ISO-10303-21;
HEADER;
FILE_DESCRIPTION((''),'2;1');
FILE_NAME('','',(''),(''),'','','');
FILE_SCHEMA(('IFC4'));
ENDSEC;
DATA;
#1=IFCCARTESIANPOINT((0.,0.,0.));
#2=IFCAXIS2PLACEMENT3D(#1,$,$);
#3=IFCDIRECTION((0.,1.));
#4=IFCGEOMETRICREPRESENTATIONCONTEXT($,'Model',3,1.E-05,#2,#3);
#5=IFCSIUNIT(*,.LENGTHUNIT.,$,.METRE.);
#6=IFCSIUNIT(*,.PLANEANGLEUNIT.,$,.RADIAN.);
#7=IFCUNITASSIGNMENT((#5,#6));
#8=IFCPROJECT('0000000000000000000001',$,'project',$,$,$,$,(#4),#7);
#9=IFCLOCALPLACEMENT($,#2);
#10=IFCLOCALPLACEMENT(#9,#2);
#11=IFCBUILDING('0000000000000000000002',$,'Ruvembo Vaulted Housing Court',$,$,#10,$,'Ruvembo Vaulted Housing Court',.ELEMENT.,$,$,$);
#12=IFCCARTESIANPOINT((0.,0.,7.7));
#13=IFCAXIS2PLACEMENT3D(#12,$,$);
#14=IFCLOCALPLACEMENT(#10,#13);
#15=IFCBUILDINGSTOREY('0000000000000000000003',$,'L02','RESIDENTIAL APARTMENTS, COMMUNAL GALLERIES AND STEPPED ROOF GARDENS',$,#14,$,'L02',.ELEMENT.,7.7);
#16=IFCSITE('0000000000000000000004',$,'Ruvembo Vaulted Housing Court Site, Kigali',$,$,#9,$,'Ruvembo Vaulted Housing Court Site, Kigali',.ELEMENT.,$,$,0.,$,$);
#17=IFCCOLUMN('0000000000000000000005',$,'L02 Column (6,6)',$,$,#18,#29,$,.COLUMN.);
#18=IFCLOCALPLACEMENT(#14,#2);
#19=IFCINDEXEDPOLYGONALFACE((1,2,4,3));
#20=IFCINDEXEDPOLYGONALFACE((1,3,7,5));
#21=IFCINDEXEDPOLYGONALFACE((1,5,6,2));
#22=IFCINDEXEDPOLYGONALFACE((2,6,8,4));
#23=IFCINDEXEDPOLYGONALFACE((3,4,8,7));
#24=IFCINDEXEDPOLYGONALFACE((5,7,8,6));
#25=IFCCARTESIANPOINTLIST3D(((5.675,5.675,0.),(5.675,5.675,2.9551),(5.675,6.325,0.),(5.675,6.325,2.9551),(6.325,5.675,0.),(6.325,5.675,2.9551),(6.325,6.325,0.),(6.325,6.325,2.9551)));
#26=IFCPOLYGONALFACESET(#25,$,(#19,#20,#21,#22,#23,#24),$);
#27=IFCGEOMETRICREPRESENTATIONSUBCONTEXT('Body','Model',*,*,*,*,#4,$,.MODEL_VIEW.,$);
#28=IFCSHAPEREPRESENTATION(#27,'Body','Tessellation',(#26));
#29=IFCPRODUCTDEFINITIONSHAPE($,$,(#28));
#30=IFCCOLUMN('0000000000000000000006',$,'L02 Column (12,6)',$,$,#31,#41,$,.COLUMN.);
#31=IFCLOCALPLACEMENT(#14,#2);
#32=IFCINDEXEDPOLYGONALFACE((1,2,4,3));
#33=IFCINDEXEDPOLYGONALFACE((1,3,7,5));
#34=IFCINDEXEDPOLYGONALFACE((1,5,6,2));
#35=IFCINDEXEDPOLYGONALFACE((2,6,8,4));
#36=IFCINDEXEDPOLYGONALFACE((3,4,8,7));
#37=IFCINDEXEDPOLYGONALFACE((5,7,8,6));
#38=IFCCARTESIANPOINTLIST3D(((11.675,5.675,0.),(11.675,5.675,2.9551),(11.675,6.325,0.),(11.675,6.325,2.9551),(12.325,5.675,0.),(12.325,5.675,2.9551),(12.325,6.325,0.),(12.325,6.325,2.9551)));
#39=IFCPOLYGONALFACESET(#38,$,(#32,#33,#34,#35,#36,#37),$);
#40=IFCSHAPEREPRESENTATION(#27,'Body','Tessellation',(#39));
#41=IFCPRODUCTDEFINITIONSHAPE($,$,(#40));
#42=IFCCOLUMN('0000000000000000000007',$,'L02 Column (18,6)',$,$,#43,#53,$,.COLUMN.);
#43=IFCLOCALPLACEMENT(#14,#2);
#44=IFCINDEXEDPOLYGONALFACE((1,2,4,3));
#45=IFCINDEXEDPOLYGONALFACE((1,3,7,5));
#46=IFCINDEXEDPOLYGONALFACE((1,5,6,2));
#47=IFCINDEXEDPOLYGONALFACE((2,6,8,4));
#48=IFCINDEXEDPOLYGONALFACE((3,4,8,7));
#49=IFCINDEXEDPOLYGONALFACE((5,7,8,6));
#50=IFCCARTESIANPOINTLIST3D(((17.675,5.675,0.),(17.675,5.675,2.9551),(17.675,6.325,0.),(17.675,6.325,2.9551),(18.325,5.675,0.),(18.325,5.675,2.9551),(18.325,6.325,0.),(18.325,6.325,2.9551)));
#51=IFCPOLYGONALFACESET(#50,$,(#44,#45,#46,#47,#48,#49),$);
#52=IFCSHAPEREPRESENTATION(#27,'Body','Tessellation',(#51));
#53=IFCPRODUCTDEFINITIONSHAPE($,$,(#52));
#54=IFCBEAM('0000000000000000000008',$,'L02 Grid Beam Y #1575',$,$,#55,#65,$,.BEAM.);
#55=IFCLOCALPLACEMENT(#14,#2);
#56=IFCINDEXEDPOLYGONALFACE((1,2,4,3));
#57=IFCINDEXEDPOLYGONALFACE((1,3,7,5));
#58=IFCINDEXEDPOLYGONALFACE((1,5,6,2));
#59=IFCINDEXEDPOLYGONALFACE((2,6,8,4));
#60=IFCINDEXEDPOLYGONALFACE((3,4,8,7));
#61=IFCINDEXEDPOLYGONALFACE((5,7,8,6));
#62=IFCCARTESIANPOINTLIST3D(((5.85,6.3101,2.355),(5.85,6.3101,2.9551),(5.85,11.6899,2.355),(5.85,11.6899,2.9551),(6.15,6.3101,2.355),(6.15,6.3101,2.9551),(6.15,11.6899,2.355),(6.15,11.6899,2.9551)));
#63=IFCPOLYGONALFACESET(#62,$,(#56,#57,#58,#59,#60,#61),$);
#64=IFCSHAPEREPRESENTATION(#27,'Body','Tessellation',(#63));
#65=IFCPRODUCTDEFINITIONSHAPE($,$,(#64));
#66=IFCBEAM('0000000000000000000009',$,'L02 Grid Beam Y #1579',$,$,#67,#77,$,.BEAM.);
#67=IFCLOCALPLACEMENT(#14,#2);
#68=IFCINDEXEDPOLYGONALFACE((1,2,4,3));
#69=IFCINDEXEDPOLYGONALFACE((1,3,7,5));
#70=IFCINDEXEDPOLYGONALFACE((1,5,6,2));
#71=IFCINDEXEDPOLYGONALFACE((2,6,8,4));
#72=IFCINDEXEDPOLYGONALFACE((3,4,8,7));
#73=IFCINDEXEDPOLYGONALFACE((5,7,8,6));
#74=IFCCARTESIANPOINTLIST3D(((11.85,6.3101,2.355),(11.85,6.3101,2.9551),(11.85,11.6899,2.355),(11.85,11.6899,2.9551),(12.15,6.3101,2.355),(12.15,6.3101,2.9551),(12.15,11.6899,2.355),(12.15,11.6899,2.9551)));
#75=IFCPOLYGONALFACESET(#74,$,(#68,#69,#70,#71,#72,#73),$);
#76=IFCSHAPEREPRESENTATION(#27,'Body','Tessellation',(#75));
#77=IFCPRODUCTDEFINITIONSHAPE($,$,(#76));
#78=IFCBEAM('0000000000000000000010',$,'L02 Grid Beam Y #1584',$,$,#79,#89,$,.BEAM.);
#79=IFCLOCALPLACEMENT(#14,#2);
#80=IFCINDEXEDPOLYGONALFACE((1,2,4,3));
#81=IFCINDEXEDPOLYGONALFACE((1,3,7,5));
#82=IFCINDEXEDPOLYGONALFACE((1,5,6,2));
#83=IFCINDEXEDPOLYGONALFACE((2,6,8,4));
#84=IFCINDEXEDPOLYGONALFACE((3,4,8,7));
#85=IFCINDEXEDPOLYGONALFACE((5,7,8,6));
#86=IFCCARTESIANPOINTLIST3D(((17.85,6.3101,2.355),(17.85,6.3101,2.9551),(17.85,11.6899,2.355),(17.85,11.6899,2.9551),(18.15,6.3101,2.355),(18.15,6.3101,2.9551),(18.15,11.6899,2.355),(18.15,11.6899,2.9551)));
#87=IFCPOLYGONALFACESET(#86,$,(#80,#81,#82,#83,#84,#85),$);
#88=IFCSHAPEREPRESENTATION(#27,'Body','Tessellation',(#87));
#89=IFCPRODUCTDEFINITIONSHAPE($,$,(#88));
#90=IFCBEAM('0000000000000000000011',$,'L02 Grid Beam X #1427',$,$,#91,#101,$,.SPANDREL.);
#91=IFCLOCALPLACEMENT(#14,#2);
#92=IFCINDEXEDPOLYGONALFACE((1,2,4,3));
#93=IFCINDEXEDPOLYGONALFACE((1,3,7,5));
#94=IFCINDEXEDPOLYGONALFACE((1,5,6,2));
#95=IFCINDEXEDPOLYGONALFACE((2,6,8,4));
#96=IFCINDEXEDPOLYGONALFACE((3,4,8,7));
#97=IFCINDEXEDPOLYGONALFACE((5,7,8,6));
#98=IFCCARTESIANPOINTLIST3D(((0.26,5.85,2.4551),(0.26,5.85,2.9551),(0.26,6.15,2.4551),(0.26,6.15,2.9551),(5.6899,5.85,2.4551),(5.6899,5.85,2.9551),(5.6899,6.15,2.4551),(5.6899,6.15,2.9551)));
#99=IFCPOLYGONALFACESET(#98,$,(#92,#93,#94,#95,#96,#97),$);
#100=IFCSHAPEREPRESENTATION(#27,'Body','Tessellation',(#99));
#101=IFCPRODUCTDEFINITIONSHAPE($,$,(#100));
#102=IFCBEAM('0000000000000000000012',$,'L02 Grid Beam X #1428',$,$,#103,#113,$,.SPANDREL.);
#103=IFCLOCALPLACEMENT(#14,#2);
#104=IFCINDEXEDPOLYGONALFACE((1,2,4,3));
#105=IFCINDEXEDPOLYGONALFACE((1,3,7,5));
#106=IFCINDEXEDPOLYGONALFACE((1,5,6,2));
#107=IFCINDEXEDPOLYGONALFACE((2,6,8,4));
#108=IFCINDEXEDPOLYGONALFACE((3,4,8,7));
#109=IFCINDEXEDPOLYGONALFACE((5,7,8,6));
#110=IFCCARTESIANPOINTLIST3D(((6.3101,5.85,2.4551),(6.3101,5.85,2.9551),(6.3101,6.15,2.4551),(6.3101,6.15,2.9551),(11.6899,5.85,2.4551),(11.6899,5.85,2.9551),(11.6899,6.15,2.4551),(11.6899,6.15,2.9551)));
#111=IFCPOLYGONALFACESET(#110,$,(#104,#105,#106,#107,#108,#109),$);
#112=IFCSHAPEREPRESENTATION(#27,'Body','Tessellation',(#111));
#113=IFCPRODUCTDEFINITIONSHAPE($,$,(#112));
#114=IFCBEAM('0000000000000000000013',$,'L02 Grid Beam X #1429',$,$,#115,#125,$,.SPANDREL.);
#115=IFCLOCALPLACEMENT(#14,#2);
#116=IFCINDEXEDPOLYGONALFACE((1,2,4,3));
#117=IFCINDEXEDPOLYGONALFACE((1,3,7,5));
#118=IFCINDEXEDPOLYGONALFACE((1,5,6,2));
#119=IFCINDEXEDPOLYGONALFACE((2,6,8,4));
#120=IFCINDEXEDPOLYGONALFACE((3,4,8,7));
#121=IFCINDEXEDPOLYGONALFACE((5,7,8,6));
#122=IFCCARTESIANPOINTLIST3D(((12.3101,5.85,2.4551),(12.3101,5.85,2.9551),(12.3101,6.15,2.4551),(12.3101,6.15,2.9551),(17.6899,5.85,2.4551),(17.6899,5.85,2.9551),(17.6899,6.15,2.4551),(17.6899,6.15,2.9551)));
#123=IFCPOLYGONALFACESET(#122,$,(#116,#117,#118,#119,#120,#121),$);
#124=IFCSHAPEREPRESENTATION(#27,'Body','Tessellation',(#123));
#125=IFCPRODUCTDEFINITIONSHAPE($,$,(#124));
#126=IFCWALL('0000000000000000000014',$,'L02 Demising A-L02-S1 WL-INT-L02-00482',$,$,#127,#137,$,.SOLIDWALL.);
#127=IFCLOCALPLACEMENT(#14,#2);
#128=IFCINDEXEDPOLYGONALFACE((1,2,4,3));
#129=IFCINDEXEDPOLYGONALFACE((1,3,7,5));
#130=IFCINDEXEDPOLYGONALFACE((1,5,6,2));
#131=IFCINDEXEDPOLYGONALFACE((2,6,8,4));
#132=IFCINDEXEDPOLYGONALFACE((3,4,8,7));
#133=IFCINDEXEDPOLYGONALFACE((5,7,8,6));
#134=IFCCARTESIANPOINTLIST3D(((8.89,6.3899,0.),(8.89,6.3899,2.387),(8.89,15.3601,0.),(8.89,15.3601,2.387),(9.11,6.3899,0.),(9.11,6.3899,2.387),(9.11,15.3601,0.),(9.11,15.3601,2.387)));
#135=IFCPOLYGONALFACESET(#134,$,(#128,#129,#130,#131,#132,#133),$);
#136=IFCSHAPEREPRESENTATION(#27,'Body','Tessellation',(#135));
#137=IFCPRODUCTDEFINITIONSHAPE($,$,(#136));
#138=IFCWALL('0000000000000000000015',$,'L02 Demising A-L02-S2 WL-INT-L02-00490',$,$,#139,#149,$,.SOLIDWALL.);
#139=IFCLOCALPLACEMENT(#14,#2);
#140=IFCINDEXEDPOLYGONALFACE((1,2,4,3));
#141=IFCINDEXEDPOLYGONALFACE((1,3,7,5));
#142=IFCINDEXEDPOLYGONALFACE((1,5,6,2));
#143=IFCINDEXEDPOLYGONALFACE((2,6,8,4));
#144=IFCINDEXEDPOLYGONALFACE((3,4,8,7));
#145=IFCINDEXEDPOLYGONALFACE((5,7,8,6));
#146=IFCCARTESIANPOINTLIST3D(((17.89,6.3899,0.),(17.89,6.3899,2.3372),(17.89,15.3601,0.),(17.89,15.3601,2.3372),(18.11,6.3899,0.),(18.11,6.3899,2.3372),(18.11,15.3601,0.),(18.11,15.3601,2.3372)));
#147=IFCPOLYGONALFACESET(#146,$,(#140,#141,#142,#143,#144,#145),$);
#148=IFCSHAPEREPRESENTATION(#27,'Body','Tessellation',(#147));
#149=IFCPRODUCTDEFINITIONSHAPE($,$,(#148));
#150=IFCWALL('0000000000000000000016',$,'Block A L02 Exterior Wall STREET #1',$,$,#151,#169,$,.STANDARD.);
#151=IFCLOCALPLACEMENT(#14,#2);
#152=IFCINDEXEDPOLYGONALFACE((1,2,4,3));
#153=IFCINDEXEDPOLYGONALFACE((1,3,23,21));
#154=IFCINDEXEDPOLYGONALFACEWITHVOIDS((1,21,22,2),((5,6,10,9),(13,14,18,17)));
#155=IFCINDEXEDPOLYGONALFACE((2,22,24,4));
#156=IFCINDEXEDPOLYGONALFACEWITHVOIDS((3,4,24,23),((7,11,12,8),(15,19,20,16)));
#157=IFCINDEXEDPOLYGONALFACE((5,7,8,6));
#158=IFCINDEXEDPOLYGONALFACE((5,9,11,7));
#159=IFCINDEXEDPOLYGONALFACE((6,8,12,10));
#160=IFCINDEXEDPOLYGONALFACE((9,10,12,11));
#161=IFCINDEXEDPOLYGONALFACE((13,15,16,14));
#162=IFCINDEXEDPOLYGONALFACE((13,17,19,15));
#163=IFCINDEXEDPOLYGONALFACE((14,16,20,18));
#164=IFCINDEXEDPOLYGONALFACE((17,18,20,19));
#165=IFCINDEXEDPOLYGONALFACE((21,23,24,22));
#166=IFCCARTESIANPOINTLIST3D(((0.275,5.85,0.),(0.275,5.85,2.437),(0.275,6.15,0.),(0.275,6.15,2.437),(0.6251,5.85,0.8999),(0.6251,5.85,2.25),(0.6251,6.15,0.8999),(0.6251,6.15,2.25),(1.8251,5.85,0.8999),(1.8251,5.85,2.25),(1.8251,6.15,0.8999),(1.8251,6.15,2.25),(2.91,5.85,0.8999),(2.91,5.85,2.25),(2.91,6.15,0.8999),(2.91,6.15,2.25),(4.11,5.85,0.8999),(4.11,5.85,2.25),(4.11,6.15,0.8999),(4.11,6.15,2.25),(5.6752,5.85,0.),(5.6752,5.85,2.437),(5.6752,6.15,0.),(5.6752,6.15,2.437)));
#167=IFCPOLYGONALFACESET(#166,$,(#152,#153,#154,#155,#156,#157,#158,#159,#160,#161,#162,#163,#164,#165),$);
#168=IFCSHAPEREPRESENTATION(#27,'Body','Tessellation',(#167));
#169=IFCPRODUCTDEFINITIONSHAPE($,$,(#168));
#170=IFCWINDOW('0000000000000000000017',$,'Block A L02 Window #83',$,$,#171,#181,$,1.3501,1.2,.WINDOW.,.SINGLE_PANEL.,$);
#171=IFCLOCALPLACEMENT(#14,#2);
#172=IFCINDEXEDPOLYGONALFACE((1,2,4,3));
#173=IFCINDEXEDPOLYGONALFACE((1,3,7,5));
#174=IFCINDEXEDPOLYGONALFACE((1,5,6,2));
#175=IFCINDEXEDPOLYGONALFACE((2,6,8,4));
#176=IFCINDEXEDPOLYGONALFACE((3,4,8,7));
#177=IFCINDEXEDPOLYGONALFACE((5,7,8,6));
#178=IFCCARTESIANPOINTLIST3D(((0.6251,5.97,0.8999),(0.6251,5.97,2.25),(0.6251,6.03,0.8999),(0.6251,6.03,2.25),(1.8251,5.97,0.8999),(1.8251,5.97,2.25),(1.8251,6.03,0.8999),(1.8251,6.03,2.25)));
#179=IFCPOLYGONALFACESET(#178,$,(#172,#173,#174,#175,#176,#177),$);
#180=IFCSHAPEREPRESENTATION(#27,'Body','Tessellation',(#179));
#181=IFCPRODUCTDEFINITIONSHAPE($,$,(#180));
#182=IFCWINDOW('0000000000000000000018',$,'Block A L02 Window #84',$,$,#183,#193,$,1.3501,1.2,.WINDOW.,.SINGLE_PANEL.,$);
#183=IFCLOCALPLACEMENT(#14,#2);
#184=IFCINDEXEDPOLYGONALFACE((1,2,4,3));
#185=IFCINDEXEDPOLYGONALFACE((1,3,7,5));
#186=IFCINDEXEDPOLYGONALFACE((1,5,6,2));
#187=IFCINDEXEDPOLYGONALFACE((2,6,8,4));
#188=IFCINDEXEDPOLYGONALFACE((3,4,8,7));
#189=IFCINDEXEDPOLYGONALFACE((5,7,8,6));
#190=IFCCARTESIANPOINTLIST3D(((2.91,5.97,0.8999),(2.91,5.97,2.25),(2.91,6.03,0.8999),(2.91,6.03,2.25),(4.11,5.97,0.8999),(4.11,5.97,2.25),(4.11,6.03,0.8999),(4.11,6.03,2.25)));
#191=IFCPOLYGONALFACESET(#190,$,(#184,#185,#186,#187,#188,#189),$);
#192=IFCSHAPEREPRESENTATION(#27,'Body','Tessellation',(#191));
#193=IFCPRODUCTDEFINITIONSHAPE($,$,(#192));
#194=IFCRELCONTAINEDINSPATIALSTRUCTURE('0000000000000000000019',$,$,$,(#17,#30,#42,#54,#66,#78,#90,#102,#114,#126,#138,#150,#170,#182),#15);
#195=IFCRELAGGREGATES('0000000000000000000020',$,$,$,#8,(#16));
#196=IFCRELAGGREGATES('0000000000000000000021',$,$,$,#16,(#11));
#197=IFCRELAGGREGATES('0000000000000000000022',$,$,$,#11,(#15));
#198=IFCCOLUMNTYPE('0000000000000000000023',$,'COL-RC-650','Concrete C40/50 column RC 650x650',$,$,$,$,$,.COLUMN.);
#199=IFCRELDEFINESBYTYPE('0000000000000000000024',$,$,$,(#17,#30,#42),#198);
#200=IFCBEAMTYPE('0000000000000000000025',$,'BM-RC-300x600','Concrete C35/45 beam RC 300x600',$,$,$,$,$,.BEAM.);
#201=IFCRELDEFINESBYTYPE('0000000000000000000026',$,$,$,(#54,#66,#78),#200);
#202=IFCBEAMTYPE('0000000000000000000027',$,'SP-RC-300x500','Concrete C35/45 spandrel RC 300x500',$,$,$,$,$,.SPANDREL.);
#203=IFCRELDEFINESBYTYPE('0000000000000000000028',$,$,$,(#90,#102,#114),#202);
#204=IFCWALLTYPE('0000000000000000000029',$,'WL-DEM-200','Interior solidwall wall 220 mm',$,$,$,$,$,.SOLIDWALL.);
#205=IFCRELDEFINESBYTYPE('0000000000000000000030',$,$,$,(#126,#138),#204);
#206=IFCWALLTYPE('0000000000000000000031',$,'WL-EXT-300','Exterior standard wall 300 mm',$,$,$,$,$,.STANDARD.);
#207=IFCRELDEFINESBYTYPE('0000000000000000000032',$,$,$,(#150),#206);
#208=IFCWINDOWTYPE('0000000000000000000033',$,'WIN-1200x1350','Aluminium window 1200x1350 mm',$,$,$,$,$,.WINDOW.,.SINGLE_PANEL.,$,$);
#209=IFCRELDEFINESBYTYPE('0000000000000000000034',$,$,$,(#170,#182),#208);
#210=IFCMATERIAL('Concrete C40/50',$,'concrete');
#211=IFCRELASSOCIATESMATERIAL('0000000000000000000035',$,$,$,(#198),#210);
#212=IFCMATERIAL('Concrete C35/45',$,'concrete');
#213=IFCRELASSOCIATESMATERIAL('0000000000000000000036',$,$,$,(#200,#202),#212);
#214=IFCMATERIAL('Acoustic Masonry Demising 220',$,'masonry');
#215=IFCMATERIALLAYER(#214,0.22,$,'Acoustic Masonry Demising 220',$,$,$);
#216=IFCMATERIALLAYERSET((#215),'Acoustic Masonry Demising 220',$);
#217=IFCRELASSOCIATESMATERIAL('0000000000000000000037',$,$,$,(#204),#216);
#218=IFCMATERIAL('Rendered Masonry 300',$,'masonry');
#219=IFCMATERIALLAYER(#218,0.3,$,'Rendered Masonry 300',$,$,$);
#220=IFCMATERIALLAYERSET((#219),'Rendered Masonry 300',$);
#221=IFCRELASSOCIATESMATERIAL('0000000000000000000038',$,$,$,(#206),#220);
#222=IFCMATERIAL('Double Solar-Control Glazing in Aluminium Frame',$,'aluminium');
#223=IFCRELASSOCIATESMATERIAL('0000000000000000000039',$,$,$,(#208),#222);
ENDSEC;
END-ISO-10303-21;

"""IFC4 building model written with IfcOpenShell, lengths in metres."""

from ifc_helpers import new_model, si_unit, direction, frame, frame_2d, origin, origin_2d, place, context, subcontext, project, spatial, rectangle, extrude, material, layer, layer_set, material_profile, profile_set, type_object, element, fill, save


model = new_model("IFC4")

# Units and contexts
model_context = context("Model", 3, precision=1e-05, world=origin(), true_north=direction((0.0, 1.0)))
body_context = subcontext(model_context, "Body", "Model", "MODEL_VIEW")
ifc_project = project(units=[si_unit("LENGTHUNIT", "METRE"), si_unit("PLANEANGLEUNIT", "RADIAN")], contexts=[model_context])

# Site, building, storey
site_placement = place(None, origin())
site = spatial("IfcSite", under=ifc_project, at=site_placement, Name="Ruvembo Vaulted Housing Court Site, Kigali", LongName="Ruvembo Vaulted Housing Court Site, Kigali", CompositionType="ELEMENT", RefElevation=0.0)
building_placement = place(site_placement, origin())
building = spatial("IfcBuilding", under=site, at=building_placement, Name="Ruvembo Vaulted Housing Court", LongName="Ruvembo Vaulted Housing Court", CompositionType="ELEMENT")
storey_placement = place(building_placement, frame((0.0, 0.0, 7.7)))
storey = spatial("IfcBuildingStorey", under=building, at=storey_placement, Name="L02", Description="RESIDENTIAL APARTMENTS, COMMUNAL GALLERIES AND STEPPED ROOF GARDENS", LongName="L02", CompositionType="ELEMENT", Elevation=7.7)

# Columns
ifc_material_1 = material(Name="Concrete C40/50", Category="concrete")
ifc_material_profile_1 = material_profile(ifc_material_1, rectangle(XDim=0.6499, YDim=0.6499, at=origin_2d()), Name="RC 650x650")
ifc_profile_set_1 = profile_set([ifc_material_profile_1], Name="Concrete C40/50")
column_type = type_object("IfcColumnType", Name="COL-RC-650", Description="Concrete C40/50 column RC 650x650", PredefinedType="COLUMN", material=ifc_profile_set_1)
for number, where, z_axis, x_axis, name in (
    (1, (6.0, 6.0, 0.0), (0.0, 0.0, 1.0), (1.0, 0.0, 0.0), "L02 Column (6,6)"),
    (2, (12.0, 6.0, 0.0), (0.0, 0.0, 1.0), (1.0, 0.0, 0.0), "L02 Column (12,6)"),
    (3, (18.0, 6.0, 0.0), (0.0, 0.0, 1.0), (1.0, 0.0, 0.0), "L02 Column (18,6)"),
):
    element("IfcColumn", number, at=place(storey_placement, frame(where, z_axis=z_axis, x_axis=x_axis)), inside=storey, type_object=column_type, Name=name, PredefinedType="COLUMN", context=body_context, shape_type="SweptSolid", body=[
        extrude(rectangle(XDim=0.6499, YDim=0.6499, at=origin_2d()), origin(), (0.0, 0.0, 1.0), 2.9551),
    ])

# Beams
ifc_material_2 = material(Name="Concrete C35/45", Category="concrete")
ifc_material_profile_2 = material_profile(ifc_material_2, rectangle(XDim=0.3, YDim=0.6001, at=origin_2d()), Name="RC 300x600")
ifc_profile_set_2 = profile_set([ifc_material_profile_2], Name="Concrete C35/45")
beam_type_1 = type_object("IfcBeamType", Name="BM-RC-300x600", Description="Concrete C35/45 beam RC 300x600", PredefinedType="BEAM", material=ifc_profile_set_2)
for number, where, z_axis, x_axis, name in (
    (4, (6.0, 6.3101, 2.655), (0.0, 1.0, 0.0), (-1.0, 0.0, 0.0), "L02 Grid Beam Y #1575"),
    (5, (12.0, 6.3101, 2.655), (0.0, 1.0, 0.0), (-1.0, 0.0, 0.0), "L02 Grid Beam Y #1579"),
    (6, (18.0, 6.3101, 2.655), (0.0, 1.0, 0.0), (-1.0, 0.0, 0.0), "L02 Grid Beam Y #1584"),
):
    element("IfcBeam", number, at=place(storey_placement, frame(where, z_axis=z_axis, x_axis=x_axis)), inside=storey, type_object=beam_type_1, Name=name, PredefinedType="BEAM", context=body_context, shape_type="SweptSolid", body=[
        extrude(rectangle(XDim=0.3, YDim=0.6001, at=origin_2d()), origin(), (0.0, 0.0, 1.0), 5.3799),
    ])
ifc_material_profile_3 = material_profile(ifc_material_2, rectangle(XDim=0.3, YDim=0.5, at=origin_2d()), Name="RC 300x500")
ifc_profile_set_3 = profile_set([ifc_material_profile_3], Name="Concrete C35/45")
beam_type_2 = type_object("IfcBeamType", Name="SP-RC-300x500", Description="Concrete C35/45 spandrel RC 300x500", PredefinedType="SPANDREL", material=ifc_profile_set_3)
beam_placement = place(storey_placement, frame((0.26, 6.0, 2.7051), z_axis=(1.0, 0.0, 0.0), x_axis=(0.0, 1.0, 0.0)))
element("IfcBeam", 7, at=beam_placement, inside=storey, type_object=beam_type_2, Name="L02 Grid Beam X #1427", PredefinedType="SPANDREL", context=body_context, shape_type="SweptSolid", body=[
    extrude(rectangle(XDim=0.3, YDim=0.5, at=origin_2d()), origin(), (0.0, 0.0, 1.0), 5.4299),
])
for number, where, z_axis, x_axis, name in (
    (8, (6.3101, 6.0, 2.7051), (1.0, 0.0, 0.0), (0.0, 1.0, 0.0), "L02 Grid Beam X #1428"),
    (9, (12.3101, 6.0, 2.7051), (1.0, 0.0, 0.0), (0.0, 1.0, 0.0), "L02 Grid Beam X #1429"),
):
    element("IfcBeam", number, at=place(storey_placement, frame(where, z_axis=z_axis, x_axis=x_axis)), inside=storey, type_object=beam_type_2, Name=name, PredefinedType="SPANDREL", context=body_context, shape_type="SweptSolid", body=[
        extrude(rectangle(XDim=0.3, YDim=0.5, at=origin_2d()), origin(), (0.0, 0.0, 1.0), 5.3799),
    ])

# Walls
ifc_material_3 = material(Name="Acoustic Masonry Demising 220", Category="masonry")
ifc_layer_1 = layer(ifc_material_3, 0.22, Name="Acoustic Masonry Demising 220")
ifc_layer_set_1 = layer_set([ifc_layer_1], Name="Acoustic Masonry Demising 220")
wall_type_1 = type_object("IfcWallType", Name="WL-DEM-200", Description="Interior solidwall wall 220 mm", PredefinedType="SOLIDWALL", material=ifc_layer_set_1)
wall_1_placement = place(storey_placement, frame((9.0, 6.3899, 0.0), z_axis=(0.0, 0.0, 1.0), x_axis=(0.0, 1.0, 0.0)))
element("IfcWall", 10, at=wall_1_placement, inside=storey, type_object=wall_type_1, Name="L02 Demising A-L02-S1 WL-INT-L02-00482", PredefinedType="SOLIDWALL", context=body_context, shape_type="SweptSolid", body=[
    extrude(rectangle(XDim=8.9702, YDim=0.22, at=frame_2d((4.4851, 0.0))), origin(), (0.0, 0.0, 1.0), 2.387),
])
wall_2_placement = place(storey_placement, frame((18.0, 6.3899, 0.0), z_axis=(0.0, 0.0, 1.0), x_axis=(0.0, 1.0, 0.0)))
element("IfcWall", 11, at=wall_2_placement, inside=storey, type_object=wall_type_1, Name="L02 Demising A-L02-S2 WL-INT-L02-00490", PredefinedType="SOLIDWALL", context=body_context, shape_type="SweptSolid", body=[
    extrude(rectangle(XDim=8.9702, YDim=0.22, at=frame_2d((4.4851, 0.0))), origin(), (0.0, 0.0, 1.0), 2.3372),
])

# Wall, openings, windows
ifc_material_4 = material(Name="Rendered Masonry 300", Category="masonry")
ifc_layer_2 = layer(ifc_material_4, 0.3, Name="Rendered Masonry 300")
ifc_layer_set_2 = layer_set([ifc_layer_2], Name="Rendered Masonry 300")
wall_type_2 = type_object("IfcWallType", Name="WL-EXT-300", Description="Exterior standard wall 300 mm", PredefinedType="STANDARD", material=ifc_layer_set_2)
wall_3_placement = place(storey_placement, frame((0.2749, 6.0, 0.0), z_axis=(0.0, 0.0, 1.0), x_axis=(1.0, 0.0, 0.0)))
wall_3 = element("IfcWall", 12, at=wall_3_placement, inside=storey, type_object=wall_type_2, Name="Block A L02 Exterior Wall STREET #1", PredefinedType="STANDARD", context=body_context, shape_type="SweptSolid", body=[
    extrude(rectangle(XDim=5.4001, YDim=0.3, at=frame_2d((2.7002, 0.0))), origin(), (0.0, 0.0, 1.0), 2.437),
])
opening_1_placement = place(wall_3_placement, frame((0.3501, 0.0, 0.8999)))
opening_1 = element("IfcOpeningElement", 13, at=opening_1_placement, cuts=wall_3, PredefinedType="OPENING", context=body_context, shape_type="SweptSolid", body=[
    extrude(rectangle(XDim=1.2, YDim=1.3501, at=frame_2d((0.6001, 0.675))), frame((0.0, 0.1599, 0.0), z_axis=(0.0, -1.0, 0.0), x_axis=(1.0, 0.0, 0.0)), (0.0, 0.0, 1.0), 0.3201),
])
opening_2_placement = place(wall_3_placement, frame((2.635, 0.0, 0.8999)))
opening_2 = element("IfcOpeningElement", 14, at=opening_2_placement, cuts=wall_3, PredefinedType="OPENING", context=body_context, shape_type="SweptSolid", body=[
    extrude(rectangle(XDim=1.2, YDim=1.3501, at=frame_2d((0.6001, 0.675))), frame((0.0, 0.1599, 0.0), z_axis=(0.0, -1.0, 0.0), x_axis=(1.0, 0.0, 0.0)), (0.0, 0.0, 1.0), 0.3201),
])
ifc_material_5 = material(Name="Double Solar-Control Glazing in Aluminium Frame", Category="aluminium")
window_type_1 = type_object("IfcWindowType", Name="WIN-1200x1350", Description="Aluminium window 1200x1350 mm", PartitioningType="SINGLE_PANEL", PredefinedType="WINDOW", material=ifc_material_5)
window_1_placement = place(opening_1_placement, origin())
window_1 = element("IfcWindow", 15, at=window_1_placement, inside=storey, type_object=window_type_1, Name="Block A L02 Window #83", OverallHeight=1.3501, OverallWidth=1.2, PartitioningType="SINGLE_PANEL", PredefinedType="WINDOW", context=body_context, shape_type="SweptSolid", body=[
    extrude(rectangle(XDim=1.2, YDim=1.3501, at=frame_2d((0.6001, 0.675))), frame((0.0, 0.03, 0.0), z_axis=(0.0, -1.0, 0.0), x_axis=(1.0, 0.0, 0.0)), (0.0, 0.0, 1.0), 0.0601),
])
fill(opening_1, window_1)
window_2_placement = place(opening_2_placement, origin())
window_2 = element("IfcWindow", 16, at=window_2_placement, inside=storey, type_object=window_type_1, Name="Block A L02 Window #84", OverallHeight=1.3501, OverallWidth=1.2, PartitioningType="SINGLE_PANEL", PredefinedType="WINDOW", context=body_context, shape_type="SweptSolid", body=[
    extrude(rectangle(XDim=1.2, YDim=1.3501, at=frame_2d((0.6001, 0.675))), frame((0.0, 0.03, 0.0), z_axis=(0.0, -1.0, 0.0), x_axis=(1.0, 0.0, 0.0)), (0.0, 0.0, 1.0), 0.0601),
])
fill(opening_2, window_2)

save(model, "model.ifc")
